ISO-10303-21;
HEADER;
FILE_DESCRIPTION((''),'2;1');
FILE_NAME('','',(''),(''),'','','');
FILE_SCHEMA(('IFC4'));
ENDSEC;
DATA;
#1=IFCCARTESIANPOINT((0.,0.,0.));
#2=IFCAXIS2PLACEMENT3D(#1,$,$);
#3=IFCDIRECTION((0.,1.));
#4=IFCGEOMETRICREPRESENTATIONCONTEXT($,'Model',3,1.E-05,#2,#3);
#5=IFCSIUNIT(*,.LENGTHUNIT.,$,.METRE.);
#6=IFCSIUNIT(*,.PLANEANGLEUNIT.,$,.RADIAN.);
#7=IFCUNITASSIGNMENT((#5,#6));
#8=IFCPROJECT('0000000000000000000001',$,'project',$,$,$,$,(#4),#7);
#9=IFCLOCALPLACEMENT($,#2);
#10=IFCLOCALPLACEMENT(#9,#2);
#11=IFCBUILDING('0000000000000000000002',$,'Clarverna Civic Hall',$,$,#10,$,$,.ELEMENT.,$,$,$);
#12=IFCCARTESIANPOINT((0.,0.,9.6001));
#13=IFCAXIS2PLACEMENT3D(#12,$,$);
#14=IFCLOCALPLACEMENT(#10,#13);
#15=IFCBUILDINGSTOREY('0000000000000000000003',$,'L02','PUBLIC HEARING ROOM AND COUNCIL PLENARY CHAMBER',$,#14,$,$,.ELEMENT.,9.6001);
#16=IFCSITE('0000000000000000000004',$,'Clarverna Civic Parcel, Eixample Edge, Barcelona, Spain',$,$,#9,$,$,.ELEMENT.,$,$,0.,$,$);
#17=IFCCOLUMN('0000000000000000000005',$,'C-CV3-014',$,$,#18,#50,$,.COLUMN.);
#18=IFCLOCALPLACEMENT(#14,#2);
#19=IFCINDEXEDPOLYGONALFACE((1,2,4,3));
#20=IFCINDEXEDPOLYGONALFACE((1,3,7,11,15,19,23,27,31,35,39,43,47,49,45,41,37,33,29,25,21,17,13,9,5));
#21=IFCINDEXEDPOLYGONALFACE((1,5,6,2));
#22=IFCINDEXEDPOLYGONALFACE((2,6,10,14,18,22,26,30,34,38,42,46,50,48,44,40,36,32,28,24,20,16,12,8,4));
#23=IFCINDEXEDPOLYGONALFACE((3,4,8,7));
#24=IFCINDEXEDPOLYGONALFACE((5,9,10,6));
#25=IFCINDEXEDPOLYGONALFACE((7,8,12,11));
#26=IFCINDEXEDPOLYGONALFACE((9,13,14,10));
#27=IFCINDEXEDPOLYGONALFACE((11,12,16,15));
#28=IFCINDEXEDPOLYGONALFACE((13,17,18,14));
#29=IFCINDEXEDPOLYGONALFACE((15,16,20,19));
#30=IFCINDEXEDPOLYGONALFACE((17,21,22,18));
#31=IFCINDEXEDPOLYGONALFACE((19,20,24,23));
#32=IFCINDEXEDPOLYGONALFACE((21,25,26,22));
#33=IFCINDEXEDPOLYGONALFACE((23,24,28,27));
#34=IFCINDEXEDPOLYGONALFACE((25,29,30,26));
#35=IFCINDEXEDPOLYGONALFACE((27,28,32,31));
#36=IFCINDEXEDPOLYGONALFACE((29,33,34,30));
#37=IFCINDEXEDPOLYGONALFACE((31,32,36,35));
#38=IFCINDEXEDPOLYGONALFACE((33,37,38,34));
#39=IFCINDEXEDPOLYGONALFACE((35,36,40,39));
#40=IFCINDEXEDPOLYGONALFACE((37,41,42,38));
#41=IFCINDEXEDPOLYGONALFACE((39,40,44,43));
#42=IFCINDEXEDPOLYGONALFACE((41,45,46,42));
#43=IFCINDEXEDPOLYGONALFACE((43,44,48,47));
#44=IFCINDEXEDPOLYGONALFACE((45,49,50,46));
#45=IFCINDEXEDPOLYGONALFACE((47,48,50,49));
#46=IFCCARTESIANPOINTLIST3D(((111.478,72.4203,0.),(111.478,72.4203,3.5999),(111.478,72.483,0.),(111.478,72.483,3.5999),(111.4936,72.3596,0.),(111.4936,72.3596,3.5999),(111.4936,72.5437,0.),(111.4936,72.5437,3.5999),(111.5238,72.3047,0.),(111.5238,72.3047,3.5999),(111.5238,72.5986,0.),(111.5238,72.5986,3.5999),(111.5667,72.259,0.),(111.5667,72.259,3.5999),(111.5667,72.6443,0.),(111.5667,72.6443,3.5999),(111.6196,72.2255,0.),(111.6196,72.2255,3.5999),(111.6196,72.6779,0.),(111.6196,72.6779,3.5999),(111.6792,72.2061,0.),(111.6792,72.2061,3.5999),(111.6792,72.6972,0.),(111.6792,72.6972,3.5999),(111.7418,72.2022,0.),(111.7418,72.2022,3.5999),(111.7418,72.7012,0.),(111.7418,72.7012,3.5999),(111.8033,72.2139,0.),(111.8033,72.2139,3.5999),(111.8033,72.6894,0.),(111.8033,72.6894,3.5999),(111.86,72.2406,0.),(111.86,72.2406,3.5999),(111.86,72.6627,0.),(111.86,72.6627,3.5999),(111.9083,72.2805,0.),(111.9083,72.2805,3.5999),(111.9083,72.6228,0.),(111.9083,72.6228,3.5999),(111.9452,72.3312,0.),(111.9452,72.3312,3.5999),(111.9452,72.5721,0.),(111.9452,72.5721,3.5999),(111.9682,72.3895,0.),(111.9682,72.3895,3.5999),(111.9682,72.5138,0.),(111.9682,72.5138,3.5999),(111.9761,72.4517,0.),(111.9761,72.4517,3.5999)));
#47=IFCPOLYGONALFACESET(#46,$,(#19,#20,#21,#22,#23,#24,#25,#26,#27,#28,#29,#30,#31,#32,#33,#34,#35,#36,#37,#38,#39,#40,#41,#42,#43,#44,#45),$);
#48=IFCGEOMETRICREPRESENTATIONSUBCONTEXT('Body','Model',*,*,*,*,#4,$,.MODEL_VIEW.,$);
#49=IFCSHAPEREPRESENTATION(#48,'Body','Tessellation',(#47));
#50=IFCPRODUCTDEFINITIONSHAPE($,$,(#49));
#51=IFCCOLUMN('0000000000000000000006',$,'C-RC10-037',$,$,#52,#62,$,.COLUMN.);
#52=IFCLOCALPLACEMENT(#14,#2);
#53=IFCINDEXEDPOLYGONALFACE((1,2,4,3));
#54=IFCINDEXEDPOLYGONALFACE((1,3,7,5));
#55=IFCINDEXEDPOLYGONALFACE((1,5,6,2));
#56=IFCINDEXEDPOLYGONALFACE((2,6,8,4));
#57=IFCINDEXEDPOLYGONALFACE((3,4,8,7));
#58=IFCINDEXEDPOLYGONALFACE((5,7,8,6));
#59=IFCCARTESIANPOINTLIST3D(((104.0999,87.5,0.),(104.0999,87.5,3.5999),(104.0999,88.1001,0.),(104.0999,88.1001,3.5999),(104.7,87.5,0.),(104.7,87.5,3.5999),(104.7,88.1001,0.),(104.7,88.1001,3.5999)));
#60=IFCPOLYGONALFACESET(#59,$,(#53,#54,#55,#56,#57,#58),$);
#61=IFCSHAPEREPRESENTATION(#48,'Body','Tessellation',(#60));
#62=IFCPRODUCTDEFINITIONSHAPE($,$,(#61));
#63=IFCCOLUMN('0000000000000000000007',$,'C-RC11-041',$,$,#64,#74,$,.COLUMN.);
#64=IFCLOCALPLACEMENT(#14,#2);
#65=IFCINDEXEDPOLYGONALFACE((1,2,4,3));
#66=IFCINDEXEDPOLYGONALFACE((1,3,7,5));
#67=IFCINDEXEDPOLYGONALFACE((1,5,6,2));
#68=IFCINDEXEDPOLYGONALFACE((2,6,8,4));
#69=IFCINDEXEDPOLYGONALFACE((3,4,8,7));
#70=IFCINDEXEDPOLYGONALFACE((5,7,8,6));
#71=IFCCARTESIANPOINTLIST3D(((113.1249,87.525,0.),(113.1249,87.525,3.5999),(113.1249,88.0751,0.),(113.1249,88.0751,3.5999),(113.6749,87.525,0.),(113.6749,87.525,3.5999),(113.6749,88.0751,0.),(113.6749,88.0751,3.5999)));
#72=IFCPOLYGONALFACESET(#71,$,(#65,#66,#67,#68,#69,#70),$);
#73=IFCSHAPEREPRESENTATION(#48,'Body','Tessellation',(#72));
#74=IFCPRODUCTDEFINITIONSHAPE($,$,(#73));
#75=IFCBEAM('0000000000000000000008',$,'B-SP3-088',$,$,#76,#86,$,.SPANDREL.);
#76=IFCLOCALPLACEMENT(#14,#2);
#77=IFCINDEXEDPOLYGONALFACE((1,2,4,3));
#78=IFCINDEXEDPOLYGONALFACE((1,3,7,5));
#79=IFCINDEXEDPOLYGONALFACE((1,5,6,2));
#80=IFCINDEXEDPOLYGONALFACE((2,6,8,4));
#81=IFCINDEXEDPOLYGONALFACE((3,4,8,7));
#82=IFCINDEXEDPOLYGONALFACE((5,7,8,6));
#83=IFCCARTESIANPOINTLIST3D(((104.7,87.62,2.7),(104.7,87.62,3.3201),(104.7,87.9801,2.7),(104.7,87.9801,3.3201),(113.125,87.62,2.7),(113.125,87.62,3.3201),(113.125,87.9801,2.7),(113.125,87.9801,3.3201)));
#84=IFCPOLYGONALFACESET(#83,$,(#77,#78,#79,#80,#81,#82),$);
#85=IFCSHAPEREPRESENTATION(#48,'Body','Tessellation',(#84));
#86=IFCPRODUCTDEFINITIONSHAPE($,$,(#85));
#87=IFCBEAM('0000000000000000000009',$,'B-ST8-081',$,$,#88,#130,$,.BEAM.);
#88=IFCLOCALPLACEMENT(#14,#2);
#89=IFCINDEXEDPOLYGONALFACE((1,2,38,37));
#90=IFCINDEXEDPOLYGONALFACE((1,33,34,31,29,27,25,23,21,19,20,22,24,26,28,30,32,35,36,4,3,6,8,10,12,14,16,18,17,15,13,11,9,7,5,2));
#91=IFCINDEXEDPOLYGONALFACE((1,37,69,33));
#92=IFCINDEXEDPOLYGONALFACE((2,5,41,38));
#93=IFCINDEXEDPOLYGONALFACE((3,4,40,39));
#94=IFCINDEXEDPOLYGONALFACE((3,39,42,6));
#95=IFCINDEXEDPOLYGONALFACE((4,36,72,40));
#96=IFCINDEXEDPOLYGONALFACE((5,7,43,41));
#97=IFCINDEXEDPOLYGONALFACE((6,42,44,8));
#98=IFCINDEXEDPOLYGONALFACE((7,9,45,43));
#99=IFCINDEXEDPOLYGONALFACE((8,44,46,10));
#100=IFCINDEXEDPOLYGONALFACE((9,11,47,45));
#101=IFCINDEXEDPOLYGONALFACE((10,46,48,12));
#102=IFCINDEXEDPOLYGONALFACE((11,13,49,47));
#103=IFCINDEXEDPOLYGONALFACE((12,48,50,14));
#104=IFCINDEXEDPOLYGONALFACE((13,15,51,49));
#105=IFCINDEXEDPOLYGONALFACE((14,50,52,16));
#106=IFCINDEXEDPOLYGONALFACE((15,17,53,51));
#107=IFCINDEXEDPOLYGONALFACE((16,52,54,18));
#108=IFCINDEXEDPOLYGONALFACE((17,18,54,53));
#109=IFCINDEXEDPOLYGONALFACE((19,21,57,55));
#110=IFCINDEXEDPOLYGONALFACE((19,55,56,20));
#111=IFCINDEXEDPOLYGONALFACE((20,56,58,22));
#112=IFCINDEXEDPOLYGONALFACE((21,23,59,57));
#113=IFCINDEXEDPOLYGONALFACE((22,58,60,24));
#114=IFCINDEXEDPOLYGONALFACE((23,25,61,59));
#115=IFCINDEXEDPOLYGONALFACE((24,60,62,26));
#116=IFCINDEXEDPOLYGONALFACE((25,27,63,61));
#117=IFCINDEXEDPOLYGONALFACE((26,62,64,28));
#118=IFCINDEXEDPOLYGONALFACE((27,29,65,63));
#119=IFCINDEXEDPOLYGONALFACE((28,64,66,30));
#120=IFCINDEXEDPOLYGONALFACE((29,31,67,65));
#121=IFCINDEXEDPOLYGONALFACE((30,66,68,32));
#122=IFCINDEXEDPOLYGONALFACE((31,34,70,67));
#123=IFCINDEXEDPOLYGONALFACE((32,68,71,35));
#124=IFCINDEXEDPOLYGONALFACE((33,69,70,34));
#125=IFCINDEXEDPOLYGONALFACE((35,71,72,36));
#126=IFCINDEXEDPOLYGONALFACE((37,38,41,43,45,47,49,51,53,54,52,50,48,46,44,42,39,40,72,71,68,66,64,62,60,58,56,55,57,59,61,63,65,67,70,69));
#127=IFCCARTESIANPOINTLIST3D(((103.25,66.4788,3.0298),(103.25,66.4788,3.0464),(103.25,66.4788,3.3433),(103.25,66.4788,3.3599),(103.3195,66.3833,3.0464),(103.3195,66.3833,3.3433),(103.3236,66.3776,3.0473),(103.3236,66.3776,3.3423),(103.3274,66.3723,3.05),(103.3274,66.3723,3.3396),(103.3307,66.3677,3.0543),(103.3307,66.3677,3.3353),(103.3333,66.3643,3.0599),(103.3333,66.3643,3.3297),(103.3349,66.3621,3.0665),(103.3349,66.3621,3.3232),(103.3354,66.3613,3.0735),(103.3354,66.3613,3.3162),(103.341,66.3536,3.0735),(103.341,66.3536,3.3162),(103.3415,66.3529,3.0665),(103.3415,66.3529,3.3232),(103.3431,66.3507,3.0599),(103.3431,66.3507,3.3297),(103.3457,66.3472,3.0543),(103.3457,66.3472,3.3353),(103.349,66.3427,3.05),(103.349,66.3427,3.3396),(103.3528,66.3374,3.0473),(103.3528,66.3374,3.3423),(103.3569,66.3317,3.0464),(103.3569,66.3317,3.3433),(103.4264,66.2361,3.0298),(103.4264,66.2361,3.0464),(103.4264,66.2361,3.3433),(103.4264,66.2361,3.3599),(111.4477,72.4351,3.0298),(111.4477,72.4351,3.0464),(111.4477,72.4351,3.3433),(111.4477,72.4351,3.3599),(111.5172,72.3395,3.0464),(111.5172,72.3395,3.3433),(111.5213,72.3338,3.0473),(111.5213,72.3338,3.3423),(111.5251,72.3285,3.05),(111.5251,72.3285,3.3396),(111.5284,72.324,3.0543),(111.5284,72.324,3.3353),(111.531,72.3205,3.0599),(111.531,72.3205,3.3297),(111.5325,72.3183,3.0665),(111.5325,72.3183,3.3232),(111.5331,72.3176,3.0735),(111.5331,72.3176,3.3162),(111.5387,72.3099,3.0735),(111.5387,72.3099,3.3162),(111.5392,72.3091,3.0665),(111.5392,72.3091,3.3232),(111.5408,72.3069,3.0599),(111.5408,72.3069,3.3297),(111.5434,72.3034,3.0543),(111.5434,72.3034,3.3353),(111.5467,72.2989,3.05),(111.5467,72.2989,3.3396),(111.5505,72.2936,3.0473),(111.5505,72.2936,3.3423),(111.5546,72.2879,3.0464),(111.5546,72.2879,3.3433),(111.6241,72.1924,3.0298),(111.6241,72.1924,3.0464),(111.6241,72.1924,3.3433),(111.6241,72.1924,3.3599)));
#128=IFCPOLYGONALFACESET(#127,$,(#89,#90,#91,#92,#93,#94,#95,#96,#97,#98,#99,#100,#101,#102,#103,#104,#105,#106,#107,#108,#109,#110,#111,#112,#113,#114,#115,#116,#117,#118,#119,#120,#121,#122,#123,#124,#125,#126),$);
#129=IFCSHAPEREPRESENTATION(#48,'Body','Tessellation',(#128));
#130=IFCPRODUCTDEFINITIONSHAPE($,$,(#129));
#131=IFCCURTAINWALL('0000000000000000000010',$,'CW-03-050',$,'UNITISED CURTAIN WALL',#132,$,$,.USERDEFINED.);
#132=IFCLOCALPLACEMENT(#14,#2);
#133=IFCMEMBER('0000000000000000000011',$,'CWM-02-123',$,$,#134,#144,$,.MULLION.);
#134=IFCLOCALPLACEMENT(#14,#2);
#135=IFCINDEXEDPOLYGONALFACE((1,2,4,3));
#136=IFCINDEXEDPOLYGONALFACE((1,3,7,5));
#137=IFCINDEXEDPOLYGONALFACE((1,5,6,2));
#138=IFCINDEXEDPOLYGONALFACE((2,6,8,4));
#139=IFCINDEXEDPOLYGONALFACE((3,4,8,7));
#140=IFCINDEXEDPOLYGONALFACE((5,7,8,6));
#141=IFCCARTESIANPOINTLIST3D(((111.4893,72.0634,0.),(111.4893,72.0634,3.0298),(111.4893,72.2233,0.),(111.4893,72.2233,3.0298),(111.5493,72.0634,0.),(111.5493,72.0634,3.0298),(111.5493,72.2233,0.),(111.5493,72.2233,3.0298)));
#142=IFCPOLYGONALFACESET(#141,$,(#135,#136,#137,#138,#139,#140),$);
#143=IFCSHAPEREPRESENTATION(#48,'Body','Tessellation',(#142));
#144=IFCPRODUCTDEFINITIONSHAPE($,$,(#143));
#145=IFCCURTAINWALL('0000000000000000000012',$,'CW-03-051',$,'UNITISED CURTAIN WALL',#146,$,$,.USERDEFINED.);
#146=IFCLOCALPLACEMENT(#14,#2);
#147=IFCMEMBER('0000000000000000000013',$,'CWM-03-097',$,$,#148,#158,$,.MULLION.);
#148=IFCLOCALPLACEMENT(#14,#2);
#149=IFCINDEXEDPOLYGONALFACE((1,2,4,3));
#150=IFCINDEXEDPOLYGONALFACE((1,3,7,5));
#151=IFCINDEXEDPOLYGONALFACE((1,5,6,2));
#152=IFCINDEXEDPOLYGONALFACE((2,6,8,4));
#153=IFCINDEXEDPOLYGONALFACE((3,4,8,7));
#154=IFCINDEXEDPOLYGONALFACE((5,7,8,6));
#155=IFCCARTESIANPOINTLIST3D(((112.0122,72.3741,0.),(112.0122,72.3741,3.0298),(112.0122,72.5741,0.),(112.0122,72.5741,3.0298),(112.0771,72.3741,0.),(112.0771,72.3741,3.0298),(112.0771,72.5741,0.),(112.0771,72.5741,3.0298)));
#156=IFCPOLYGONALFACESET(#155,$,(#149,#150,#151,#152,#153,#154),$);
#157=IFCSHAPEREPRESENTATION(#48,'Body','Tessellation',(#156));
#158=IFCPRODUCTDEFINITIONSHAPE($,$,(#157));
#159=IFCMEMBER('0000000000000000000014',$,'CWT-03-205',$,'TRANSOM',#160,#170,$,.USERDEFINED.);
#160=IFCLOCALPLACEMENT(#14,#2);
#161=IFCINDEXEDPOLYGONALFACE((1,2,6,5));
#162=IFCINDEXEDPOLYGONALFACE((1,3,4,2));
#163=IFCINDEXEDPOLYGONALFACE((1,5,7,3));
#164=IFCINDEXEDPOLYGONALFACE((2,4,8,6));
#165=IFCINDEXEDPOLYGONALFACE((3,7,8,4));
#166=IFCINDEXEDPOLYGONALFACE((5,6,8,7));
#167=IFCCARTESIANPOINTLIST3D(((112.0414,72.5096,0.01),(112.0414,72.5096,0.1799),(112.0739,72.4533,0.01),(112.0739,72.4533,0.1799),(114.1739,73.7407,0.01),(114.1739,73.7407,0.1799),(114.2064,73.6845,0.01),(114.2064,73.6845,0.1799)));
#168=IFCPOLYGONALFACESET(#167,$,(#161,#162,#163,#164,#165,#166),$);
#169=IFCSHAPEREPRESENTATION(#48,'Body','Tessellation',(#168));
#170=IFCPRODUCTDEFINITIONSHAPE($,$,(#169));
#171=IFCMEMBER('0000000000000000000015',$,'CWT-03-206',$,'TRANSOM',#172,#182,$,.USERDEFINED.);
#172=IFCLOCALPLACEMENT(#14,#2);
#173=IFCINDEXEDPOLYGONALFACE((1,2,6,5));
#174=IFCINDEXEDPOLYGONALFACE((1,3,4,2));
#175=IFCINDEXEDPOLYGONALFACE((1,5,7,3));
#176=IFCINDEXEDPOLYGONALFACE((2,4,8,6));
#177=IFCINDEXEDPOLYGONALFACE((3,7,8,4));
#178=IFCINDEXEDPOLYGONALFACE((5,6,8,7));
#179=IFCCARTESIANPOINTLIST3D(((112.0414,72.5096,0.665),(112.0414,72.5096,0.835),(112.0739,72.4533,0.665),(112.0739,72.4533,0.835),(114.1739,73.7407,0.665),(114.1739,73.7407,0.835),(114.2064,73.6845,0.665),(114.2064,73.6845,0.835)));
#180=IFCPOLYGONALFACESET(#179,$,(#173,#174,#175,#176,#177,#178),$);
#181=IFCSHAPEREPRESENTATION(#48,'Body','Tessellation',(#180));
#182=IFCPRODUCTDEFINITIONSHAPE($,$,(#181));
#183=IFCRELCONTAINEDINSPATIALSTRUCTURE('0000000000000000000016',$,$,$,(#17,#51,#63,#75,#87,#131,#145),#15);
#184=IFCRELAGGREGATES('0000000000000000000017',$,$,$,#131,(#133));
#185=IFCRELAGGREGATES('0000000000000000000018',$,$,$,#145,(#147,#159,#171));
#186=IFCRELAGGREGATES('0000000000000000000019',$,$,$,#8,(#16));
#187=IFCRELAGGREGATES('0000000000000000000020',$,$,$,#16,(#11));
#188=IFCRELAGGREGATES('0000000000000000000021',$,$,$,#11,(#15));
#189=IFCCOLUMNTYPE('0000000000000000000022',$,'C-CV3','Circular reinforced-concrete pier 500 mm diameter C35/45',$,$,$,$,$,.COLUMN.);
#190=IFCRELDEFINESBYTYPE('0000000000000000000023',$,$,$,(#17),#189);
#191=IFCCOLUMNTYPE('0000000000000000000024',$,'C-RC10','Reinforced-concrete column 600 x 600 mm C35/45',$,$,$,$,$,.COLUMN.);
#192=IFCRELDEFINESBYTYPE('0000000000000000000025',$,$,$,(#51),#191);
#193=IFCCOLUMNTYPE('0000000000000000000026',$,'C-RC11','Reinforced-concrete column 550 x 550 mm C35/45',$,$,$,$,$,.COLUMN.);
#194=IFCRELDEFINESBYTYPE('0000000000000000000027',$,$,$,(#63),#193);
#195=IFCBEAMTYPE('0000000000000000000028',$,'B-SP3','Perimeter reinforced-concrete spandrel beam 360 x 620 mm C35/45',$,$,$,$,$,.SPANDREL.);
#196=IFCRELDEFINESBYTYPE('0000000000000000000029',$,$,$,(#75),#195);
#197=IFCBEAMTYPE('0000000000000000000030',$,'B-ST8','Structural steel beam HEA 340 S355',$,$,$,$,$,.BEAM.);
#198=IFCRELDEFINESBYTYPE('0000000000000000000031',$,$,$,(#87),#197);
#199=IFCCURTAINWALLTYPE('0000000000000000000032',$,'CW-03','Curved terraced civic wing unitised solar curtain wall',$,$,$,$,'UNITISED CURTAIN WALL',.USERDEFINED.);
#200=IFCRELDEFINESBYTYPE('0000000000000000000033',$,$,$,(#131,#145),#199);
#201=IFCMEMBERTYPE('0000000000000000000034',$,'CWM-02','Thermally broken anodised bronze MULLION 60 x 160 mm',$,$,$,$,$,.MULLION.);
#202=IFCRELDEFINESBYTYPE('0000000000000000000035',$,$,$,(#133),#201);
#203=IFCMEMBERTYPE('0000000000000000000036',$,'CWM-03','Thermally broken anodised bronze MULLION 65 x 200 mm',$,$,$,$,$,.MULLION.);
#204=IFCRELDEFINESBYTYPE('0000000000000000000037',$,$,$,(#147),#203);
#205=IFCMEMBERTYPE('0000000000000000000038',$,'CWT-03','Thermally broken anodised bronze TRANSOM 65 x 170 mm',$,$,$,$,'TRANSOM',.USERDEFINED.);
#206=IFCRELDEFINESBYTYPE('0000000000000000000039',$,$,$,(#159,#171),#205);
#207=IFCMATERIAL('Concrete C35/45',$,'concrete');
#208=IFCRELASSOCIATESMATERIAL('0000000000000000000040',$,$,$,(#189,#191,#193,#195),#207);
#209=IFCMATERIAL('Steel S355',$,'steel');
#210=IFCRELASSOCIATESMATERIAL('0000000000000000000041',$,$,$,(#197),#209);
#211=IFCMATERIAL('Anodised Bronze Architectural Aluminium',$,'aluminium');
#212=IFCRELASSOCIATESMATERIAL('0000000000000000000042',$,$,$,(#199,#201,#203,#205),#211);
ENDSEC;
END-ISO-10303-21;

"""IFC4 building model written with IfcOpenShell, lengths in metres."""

from ifc_helpers import new_model, si_unit, direction, frame, origin, origin_2d, place, context, subcontext, project, spatial, rectangle, circle, i_section, extrude, material, material_profile, profile_set, type_object, element, aggregate, save


model = new_model("IFC4")

# Units and contexts
model_context = context("Model", 3, precision=1e-05, world=origin(), true_north=direction((0.0, 1.0)))
body_context = subcontext(model_context, "Body", "Model", "MODEL_VIEW")
ifc_project = project(units=[si_unit("LENGTHUNIT", "METRE"), si_unit("PLANEANGLEUNIT", "RADIAN")], contexts=[model_context])

# Site, building, storey
site_placement = place(None, origin())
site = spatial("IfcSite", under=ifc_project, at=site_placement, Name="Clarverna Civic Parcel, Eixample Edge, Barcelona, Spain", CompositionType="ELEMENT", RefElevation=0.0)
building_placement = place(site_placement, origin())
building = spatial("IfcBuilding", under=site, at=building_placement, Name="Clarverna Civic Hall", CompositionType="ELEMENT")
storey_placement = place(building_placement, frame((0.0, 0.0, 9.6001)))
storey = spatial("IfcBuildingStorey", under=building, at=storey_placement, Name="L02", Description="PUBLIC HEARING ROOM AND COUNCIL PLENARY CHAMBER", CompositionType="ELEMENT", Elevation=9.6001)

# Columns
ifc_material_1 = material(Name="Concrete C35/45", Category="concrete")
ifc_material_profile_1 = material_profile(ifc_material_1, circle(Radius=0.25, at=origin_2d()), Name="RC D500")
ifc_profile_set_1 = profile_set([ifc_material_profile_1], Name="Concrete C35/45")
column_type_1 = type_object("IfcColumnType", Name="C-CV3", Description="Circular reinforced-concrete pier 500 mm diameter C35/45", PredefinedType="COLUMN", material=ifc_profile_set_1)
column_1_placement = place(storey_placement, frame((111.7261, 72.4517, 0.0), z_axis=(0.0, 0.0, 1.0), x_axis=(1.0, 0.0, 0.0)))
element("IfcColumn", 1, at=column_1_placement, inside=storey, type_object=column_type_1, Name="C-CV3-014", PredefinedType="COLUMN", context=body_context, shape_type="SweptSolid", body=[
    extrude(circle(Radius=0.25, at=origin_2d()), origin(), (0.0, 0.0, 1.0), 3.5999),
])
ifc_material_profile_2 = material_profile(ifc_material_1, rectangle(XDim=0.6001, YDim=0.6001, at=origin_2d()), Name="RC 600x600")
ifc_profile_set_2 = profile_set([ifc_material_profile_2], Name="Concrete C35/45")
column_type_2 = type_object("IfcColumnType", Name="C-RC10", Description="Reinforced-concrete column 600 x 600 mm C35/45", PredefinedType="COLUMN", material=ifc_profile_set_2)
column_2_placement = place(storey_placement, frame((104.3999, 87.8, 0.0), z_axis=(0.0, 0.0, 1.0), x_axis=(1.0, 0.0, 0.0)))
element("IfcColumn", 2, at=column_2_placement, inside=storey, type_object=column_type_2, Name="C-RC10-037", PredefinedType="COLUMN", context=body_context, shape_type="SweptSolid", body=[
    extrude(rectangle(XDim=0.6001, YDim=0.6001, at=origin_2d()), origin(), (0.0, 0.0, 1.0), 3.5999),
])
ifc_material_profile_3 = material_profile(ifc_material_1, rectangle(XDim=0.55, YDim=0.55, at=origin_2d()), Name="RC 550x550")
ifc_profile_set_3 = profile_set([ifc_material_profile_3], Name="Concrete C35/45")
column_type_3 = type_object("IfcColumnType", Name="C-RC11", Description="Reinforced-concrete column 550 x 550 mm C35/45", PredefinedType="COLUMN", material=ifc_profile_set_3)
column_3_placement = place(storey_placement, frame((113.3999, 87.8, 0.0), z_axis=(0.0, 0.0, 1.0), x_axis=(1.0, 0.0, 0.0)))
element("IfcColumn", 3, at=column_3_placement, inside=storey, type_object=column_type_3, Name="C-RC11-041", PredefinedType="COLUMN", context=body_context, shape_type="SweptSolid", body=[
    extrude(rectangle(XDim=0.55, YDim=0.55, at=origin_2d()), origin(), (0.0, 0.0, 1.0), 3.5999),
])

# Beams
ifc_material_profile_4 = material_profile(ifc_material_1, rectangle(XDim=0.3601, YDim=0.6201, at=origin_2d()), Name="RC 360x620")
ifc_profile_set_4 = profile_set([ifc_material_profile_4], Name="Concrete C35/45")
beam_type_1 = type_object("IfcBeamType", Name="B-SP3", Description="Perimeter reinforced-concrete spandrel beam 360 x 620 mm C35/45", PredefinedType="SPANDREL", material=ifc_profile_set_4)
beam_1_placement = place(storey_placement, frame((104.7, 87.8, 3.01), z_axis=(1.0, 0.0, 0.0), x_axis=(0.0, 1.0, 0.0)))
element("IfcBeam", 4, at=beam_1_placement, inside=storey, type_object=beam_type_1, Name="B-SP3-088", PredefinedType="SPANDREL", context=body_context, shape_type="SweptSolid", body=[
    extrude(rectangle(XDim=0.3601, YDim=0.6201, at=origin_2d()), origin(), (0.0, 0.0, 1.0), 8.425),
])
ifc_material_2 = material(Name="Steel S355", Category="steel")
ifc_material_profile_5 = material_profile(ifc_material_2, i_section(OverallWidth=0.3, OverallDepth=0.3301, WebThickness=0.0095, FlangeThickness=0.0166, FilletRadius=0.0271, at=origin_2d()), Name="HEA 340")
ifc_profile_set_5 = profile_set([ifc_material_profile_5], Name="Steel S355")
beam_type_2 = type_object("IfcBeamType", Name="B-ST8", Description="Structural steel beam HEA 340 S355", PredefinedType="BEAM", material=ifc_profile_set_5)
beam_2_placement = place(storey_placement, frame((111.5359, 72.3137, 3.1948), z_axis=(-0.809004, -0.587803, 0.0), x_axis=(0.587803, -0.809004, 0.0)))
element("IfcBeam", 5, at=beam_2_placement, inside=storey, type_object=beam_type_2, Name="B-ST8-081", PredefinedType="BEAM", context=body_context, shape_type="SweptSolid", body=[
    extrude(i_section(OverallWidth=0.3, OverallDepth=0.3301, WebThickness=0.0095, FlangeThickness=0.0166, FilletRadius=0.0271, at=origin_2d()), origin(), (0.0, 0.0, 1.0), 10.1331),
])

# Curtain wall, member
ifc_material_3 = material(Name="Anodised Bronze Architectural Aluminium", Category="aluminium")
curtain_wall_type = type_object("IfcCurtainWallType", Name="CW-03", Description="Curved terraced civic wing unitised solar curtain wall", ElementType="UNITISED CURTAIN WALL", PredefinedType="USERDEFINED", material=ifc_material_3)
curtain_wall_1_placement = place(storey_placement, origin())
curtain_wall_1 = element("IfcCurtainWall", 6, at=curtain_wall_1_placement, inside=storey, type_object=curtain_wall_type, Name="CW-03-050", ObjectType="UNITISED CURTAIN WALL", PredefinedType="USERDEFINED")
ifc_material_profile_6 = material_profile(ifc_material_3, rectangle(XDim=0.0601, YDim=0.1599, at=origin_2d()), Name="BRONZE 60x160")
ifc_profile_set_6 = profile_set([ifc_material_profile_6], Name="Anodised Bronze Architectural Aluminium")
member_type_1 = type_object("IfcMemberType", Name="CWM-02", Description="Thermally broken anodised bronze MULLION 60 x 160 mm", PredefinedType="MULLION", material=ifc_profile_set_6)
member_1_placement = place(storey_placement, frame((111.5193, 72.1433, 0.0), z_axis=(0.0, 0.0, 1.0), x_axis=(1.0, 0.0, 0.0)))
member_1 = element("IfcMember", 7, at=member_1_placement, type_object=member_type_1, Name="CWM-02-123", PredefinedType="MULLION", context=body_context, shape_type="SweptSolid", body=[
    extrude(rectangle(XDim=0.0601, YDim=0.1599, at=origin_2d()), origin(), (0.0, 0.0, 1.0), 3.0298),
])
aggregate(curtain_wall_1, [member_1])

# Curtain wall, members
curtain_wall_2_placement = place(storey_placement, origin())
curtain_wall_2 = element("IfcCurtainWall", 8, at=curtain_wall_2_placement, inside=storey, type_object=curtain_wall_type, Name="CW-03-051", ObjectType="UNITISED CURTAIN WALL", PredefinedType="USERDEFINED")
ifc_material_profile_7 = material_profile(ifc_material_3, rectangle(XDim=0.0649, YDim=0.2, at=origin_2d()), Name="BRONZE 65x200")
ifc_profile_set_7 = profile_set([ifc_material_profile_7], Name="Anodised Bronze Architectural Aluminium")
member_type_2 = type_object("IfcMemberType", Name="CWM-03", Description="Thermally broken anodised bronze MULLION 65 x 200 mm", PredefinedType="MULLION", material=ifc_profile_set_7)
member_2_placement = place(storey_placement, frame((112.0447, 72.4741, 0.0), z_axis=(0.0, 0.0, 1.0), x_axis=(1.0, 0.0, 0.0)))
member_2 = element("IfcMember", 9, at=member_2_placement, type_object=member_type_2, Name="CWM-03-097", PredefinedType="MULLION", context=body_context, shape_type="SweptSolid", body=[
    extrude(rectangle(XDim=0.0649, YDim=0.2, at=origin_2d()), origin(), (0.0, 0.0, 1.0), 3.0298),
])
ifc_material_profile_8 = material_profile(ifc_material_3, rectangle(XDim=0.0649, YDim=0.1699, at=origin_2d()), Name="BRONZE 65x170")
ifc_profile_set_8 = profile_set([ifc_material_profile_8], Name="Anodised Bronze Architectural Aluminium")
member_type_3 = type_object("IfcMemberType", Name="CWT-03", Description="Thermally broken anodised bronze TRANSOM 65 x 170 mm", ElementType="TRANSOM", PredefinedType="USERDEFINED", material=ifc_profile_set_8)
member_3_placement = place(storey_placement, frame((112.0576, 72.4814, 0.095), z_axis=(0.866032, 0.499989, 0.0), x_axis=(-0.499989, 0.866032, 0.0)))
member_3 = element("IfcMember", 10, at=member_3_placement, type_object=member_type_3, Name="CWT-03-205", ObjectType="TRANSOM", PredefinedType="USERDEFINED", context=body_context, shape_type="SweptSolid", body=[
    extrude(rectangle(XDim=0.0649, YDim=0.1699, at=origin_2d()), origin(), (0.0, 0.0, 1.0), 2.4624),
])
member_4_placement = place(storey_placement, frame((112.0576, 72.4814, 0.75), z_axis=(0.866032, 0.499989, 0.0), x_axis=(-0.499989, 0.866032, 0.0)))
member_4 = element("IfcMember", 11, at=member_4_placement, type_object=member_type_3, Name="CWT-03-206", ObjectType="TRANSOM", PredefinedType="USERDEFINED", context=body_context, shape_type="SweptSolid", body=[
    extrude(rectangle(XDim=0.0649, YDim=0.1699, at=origin_2d()), origin(), (0.0, 0.0, 1.0), 2.4624),
])

aggregate(curtain_wall_2, [member_2, member_3, member_4])

save(model, "model.ifc")
